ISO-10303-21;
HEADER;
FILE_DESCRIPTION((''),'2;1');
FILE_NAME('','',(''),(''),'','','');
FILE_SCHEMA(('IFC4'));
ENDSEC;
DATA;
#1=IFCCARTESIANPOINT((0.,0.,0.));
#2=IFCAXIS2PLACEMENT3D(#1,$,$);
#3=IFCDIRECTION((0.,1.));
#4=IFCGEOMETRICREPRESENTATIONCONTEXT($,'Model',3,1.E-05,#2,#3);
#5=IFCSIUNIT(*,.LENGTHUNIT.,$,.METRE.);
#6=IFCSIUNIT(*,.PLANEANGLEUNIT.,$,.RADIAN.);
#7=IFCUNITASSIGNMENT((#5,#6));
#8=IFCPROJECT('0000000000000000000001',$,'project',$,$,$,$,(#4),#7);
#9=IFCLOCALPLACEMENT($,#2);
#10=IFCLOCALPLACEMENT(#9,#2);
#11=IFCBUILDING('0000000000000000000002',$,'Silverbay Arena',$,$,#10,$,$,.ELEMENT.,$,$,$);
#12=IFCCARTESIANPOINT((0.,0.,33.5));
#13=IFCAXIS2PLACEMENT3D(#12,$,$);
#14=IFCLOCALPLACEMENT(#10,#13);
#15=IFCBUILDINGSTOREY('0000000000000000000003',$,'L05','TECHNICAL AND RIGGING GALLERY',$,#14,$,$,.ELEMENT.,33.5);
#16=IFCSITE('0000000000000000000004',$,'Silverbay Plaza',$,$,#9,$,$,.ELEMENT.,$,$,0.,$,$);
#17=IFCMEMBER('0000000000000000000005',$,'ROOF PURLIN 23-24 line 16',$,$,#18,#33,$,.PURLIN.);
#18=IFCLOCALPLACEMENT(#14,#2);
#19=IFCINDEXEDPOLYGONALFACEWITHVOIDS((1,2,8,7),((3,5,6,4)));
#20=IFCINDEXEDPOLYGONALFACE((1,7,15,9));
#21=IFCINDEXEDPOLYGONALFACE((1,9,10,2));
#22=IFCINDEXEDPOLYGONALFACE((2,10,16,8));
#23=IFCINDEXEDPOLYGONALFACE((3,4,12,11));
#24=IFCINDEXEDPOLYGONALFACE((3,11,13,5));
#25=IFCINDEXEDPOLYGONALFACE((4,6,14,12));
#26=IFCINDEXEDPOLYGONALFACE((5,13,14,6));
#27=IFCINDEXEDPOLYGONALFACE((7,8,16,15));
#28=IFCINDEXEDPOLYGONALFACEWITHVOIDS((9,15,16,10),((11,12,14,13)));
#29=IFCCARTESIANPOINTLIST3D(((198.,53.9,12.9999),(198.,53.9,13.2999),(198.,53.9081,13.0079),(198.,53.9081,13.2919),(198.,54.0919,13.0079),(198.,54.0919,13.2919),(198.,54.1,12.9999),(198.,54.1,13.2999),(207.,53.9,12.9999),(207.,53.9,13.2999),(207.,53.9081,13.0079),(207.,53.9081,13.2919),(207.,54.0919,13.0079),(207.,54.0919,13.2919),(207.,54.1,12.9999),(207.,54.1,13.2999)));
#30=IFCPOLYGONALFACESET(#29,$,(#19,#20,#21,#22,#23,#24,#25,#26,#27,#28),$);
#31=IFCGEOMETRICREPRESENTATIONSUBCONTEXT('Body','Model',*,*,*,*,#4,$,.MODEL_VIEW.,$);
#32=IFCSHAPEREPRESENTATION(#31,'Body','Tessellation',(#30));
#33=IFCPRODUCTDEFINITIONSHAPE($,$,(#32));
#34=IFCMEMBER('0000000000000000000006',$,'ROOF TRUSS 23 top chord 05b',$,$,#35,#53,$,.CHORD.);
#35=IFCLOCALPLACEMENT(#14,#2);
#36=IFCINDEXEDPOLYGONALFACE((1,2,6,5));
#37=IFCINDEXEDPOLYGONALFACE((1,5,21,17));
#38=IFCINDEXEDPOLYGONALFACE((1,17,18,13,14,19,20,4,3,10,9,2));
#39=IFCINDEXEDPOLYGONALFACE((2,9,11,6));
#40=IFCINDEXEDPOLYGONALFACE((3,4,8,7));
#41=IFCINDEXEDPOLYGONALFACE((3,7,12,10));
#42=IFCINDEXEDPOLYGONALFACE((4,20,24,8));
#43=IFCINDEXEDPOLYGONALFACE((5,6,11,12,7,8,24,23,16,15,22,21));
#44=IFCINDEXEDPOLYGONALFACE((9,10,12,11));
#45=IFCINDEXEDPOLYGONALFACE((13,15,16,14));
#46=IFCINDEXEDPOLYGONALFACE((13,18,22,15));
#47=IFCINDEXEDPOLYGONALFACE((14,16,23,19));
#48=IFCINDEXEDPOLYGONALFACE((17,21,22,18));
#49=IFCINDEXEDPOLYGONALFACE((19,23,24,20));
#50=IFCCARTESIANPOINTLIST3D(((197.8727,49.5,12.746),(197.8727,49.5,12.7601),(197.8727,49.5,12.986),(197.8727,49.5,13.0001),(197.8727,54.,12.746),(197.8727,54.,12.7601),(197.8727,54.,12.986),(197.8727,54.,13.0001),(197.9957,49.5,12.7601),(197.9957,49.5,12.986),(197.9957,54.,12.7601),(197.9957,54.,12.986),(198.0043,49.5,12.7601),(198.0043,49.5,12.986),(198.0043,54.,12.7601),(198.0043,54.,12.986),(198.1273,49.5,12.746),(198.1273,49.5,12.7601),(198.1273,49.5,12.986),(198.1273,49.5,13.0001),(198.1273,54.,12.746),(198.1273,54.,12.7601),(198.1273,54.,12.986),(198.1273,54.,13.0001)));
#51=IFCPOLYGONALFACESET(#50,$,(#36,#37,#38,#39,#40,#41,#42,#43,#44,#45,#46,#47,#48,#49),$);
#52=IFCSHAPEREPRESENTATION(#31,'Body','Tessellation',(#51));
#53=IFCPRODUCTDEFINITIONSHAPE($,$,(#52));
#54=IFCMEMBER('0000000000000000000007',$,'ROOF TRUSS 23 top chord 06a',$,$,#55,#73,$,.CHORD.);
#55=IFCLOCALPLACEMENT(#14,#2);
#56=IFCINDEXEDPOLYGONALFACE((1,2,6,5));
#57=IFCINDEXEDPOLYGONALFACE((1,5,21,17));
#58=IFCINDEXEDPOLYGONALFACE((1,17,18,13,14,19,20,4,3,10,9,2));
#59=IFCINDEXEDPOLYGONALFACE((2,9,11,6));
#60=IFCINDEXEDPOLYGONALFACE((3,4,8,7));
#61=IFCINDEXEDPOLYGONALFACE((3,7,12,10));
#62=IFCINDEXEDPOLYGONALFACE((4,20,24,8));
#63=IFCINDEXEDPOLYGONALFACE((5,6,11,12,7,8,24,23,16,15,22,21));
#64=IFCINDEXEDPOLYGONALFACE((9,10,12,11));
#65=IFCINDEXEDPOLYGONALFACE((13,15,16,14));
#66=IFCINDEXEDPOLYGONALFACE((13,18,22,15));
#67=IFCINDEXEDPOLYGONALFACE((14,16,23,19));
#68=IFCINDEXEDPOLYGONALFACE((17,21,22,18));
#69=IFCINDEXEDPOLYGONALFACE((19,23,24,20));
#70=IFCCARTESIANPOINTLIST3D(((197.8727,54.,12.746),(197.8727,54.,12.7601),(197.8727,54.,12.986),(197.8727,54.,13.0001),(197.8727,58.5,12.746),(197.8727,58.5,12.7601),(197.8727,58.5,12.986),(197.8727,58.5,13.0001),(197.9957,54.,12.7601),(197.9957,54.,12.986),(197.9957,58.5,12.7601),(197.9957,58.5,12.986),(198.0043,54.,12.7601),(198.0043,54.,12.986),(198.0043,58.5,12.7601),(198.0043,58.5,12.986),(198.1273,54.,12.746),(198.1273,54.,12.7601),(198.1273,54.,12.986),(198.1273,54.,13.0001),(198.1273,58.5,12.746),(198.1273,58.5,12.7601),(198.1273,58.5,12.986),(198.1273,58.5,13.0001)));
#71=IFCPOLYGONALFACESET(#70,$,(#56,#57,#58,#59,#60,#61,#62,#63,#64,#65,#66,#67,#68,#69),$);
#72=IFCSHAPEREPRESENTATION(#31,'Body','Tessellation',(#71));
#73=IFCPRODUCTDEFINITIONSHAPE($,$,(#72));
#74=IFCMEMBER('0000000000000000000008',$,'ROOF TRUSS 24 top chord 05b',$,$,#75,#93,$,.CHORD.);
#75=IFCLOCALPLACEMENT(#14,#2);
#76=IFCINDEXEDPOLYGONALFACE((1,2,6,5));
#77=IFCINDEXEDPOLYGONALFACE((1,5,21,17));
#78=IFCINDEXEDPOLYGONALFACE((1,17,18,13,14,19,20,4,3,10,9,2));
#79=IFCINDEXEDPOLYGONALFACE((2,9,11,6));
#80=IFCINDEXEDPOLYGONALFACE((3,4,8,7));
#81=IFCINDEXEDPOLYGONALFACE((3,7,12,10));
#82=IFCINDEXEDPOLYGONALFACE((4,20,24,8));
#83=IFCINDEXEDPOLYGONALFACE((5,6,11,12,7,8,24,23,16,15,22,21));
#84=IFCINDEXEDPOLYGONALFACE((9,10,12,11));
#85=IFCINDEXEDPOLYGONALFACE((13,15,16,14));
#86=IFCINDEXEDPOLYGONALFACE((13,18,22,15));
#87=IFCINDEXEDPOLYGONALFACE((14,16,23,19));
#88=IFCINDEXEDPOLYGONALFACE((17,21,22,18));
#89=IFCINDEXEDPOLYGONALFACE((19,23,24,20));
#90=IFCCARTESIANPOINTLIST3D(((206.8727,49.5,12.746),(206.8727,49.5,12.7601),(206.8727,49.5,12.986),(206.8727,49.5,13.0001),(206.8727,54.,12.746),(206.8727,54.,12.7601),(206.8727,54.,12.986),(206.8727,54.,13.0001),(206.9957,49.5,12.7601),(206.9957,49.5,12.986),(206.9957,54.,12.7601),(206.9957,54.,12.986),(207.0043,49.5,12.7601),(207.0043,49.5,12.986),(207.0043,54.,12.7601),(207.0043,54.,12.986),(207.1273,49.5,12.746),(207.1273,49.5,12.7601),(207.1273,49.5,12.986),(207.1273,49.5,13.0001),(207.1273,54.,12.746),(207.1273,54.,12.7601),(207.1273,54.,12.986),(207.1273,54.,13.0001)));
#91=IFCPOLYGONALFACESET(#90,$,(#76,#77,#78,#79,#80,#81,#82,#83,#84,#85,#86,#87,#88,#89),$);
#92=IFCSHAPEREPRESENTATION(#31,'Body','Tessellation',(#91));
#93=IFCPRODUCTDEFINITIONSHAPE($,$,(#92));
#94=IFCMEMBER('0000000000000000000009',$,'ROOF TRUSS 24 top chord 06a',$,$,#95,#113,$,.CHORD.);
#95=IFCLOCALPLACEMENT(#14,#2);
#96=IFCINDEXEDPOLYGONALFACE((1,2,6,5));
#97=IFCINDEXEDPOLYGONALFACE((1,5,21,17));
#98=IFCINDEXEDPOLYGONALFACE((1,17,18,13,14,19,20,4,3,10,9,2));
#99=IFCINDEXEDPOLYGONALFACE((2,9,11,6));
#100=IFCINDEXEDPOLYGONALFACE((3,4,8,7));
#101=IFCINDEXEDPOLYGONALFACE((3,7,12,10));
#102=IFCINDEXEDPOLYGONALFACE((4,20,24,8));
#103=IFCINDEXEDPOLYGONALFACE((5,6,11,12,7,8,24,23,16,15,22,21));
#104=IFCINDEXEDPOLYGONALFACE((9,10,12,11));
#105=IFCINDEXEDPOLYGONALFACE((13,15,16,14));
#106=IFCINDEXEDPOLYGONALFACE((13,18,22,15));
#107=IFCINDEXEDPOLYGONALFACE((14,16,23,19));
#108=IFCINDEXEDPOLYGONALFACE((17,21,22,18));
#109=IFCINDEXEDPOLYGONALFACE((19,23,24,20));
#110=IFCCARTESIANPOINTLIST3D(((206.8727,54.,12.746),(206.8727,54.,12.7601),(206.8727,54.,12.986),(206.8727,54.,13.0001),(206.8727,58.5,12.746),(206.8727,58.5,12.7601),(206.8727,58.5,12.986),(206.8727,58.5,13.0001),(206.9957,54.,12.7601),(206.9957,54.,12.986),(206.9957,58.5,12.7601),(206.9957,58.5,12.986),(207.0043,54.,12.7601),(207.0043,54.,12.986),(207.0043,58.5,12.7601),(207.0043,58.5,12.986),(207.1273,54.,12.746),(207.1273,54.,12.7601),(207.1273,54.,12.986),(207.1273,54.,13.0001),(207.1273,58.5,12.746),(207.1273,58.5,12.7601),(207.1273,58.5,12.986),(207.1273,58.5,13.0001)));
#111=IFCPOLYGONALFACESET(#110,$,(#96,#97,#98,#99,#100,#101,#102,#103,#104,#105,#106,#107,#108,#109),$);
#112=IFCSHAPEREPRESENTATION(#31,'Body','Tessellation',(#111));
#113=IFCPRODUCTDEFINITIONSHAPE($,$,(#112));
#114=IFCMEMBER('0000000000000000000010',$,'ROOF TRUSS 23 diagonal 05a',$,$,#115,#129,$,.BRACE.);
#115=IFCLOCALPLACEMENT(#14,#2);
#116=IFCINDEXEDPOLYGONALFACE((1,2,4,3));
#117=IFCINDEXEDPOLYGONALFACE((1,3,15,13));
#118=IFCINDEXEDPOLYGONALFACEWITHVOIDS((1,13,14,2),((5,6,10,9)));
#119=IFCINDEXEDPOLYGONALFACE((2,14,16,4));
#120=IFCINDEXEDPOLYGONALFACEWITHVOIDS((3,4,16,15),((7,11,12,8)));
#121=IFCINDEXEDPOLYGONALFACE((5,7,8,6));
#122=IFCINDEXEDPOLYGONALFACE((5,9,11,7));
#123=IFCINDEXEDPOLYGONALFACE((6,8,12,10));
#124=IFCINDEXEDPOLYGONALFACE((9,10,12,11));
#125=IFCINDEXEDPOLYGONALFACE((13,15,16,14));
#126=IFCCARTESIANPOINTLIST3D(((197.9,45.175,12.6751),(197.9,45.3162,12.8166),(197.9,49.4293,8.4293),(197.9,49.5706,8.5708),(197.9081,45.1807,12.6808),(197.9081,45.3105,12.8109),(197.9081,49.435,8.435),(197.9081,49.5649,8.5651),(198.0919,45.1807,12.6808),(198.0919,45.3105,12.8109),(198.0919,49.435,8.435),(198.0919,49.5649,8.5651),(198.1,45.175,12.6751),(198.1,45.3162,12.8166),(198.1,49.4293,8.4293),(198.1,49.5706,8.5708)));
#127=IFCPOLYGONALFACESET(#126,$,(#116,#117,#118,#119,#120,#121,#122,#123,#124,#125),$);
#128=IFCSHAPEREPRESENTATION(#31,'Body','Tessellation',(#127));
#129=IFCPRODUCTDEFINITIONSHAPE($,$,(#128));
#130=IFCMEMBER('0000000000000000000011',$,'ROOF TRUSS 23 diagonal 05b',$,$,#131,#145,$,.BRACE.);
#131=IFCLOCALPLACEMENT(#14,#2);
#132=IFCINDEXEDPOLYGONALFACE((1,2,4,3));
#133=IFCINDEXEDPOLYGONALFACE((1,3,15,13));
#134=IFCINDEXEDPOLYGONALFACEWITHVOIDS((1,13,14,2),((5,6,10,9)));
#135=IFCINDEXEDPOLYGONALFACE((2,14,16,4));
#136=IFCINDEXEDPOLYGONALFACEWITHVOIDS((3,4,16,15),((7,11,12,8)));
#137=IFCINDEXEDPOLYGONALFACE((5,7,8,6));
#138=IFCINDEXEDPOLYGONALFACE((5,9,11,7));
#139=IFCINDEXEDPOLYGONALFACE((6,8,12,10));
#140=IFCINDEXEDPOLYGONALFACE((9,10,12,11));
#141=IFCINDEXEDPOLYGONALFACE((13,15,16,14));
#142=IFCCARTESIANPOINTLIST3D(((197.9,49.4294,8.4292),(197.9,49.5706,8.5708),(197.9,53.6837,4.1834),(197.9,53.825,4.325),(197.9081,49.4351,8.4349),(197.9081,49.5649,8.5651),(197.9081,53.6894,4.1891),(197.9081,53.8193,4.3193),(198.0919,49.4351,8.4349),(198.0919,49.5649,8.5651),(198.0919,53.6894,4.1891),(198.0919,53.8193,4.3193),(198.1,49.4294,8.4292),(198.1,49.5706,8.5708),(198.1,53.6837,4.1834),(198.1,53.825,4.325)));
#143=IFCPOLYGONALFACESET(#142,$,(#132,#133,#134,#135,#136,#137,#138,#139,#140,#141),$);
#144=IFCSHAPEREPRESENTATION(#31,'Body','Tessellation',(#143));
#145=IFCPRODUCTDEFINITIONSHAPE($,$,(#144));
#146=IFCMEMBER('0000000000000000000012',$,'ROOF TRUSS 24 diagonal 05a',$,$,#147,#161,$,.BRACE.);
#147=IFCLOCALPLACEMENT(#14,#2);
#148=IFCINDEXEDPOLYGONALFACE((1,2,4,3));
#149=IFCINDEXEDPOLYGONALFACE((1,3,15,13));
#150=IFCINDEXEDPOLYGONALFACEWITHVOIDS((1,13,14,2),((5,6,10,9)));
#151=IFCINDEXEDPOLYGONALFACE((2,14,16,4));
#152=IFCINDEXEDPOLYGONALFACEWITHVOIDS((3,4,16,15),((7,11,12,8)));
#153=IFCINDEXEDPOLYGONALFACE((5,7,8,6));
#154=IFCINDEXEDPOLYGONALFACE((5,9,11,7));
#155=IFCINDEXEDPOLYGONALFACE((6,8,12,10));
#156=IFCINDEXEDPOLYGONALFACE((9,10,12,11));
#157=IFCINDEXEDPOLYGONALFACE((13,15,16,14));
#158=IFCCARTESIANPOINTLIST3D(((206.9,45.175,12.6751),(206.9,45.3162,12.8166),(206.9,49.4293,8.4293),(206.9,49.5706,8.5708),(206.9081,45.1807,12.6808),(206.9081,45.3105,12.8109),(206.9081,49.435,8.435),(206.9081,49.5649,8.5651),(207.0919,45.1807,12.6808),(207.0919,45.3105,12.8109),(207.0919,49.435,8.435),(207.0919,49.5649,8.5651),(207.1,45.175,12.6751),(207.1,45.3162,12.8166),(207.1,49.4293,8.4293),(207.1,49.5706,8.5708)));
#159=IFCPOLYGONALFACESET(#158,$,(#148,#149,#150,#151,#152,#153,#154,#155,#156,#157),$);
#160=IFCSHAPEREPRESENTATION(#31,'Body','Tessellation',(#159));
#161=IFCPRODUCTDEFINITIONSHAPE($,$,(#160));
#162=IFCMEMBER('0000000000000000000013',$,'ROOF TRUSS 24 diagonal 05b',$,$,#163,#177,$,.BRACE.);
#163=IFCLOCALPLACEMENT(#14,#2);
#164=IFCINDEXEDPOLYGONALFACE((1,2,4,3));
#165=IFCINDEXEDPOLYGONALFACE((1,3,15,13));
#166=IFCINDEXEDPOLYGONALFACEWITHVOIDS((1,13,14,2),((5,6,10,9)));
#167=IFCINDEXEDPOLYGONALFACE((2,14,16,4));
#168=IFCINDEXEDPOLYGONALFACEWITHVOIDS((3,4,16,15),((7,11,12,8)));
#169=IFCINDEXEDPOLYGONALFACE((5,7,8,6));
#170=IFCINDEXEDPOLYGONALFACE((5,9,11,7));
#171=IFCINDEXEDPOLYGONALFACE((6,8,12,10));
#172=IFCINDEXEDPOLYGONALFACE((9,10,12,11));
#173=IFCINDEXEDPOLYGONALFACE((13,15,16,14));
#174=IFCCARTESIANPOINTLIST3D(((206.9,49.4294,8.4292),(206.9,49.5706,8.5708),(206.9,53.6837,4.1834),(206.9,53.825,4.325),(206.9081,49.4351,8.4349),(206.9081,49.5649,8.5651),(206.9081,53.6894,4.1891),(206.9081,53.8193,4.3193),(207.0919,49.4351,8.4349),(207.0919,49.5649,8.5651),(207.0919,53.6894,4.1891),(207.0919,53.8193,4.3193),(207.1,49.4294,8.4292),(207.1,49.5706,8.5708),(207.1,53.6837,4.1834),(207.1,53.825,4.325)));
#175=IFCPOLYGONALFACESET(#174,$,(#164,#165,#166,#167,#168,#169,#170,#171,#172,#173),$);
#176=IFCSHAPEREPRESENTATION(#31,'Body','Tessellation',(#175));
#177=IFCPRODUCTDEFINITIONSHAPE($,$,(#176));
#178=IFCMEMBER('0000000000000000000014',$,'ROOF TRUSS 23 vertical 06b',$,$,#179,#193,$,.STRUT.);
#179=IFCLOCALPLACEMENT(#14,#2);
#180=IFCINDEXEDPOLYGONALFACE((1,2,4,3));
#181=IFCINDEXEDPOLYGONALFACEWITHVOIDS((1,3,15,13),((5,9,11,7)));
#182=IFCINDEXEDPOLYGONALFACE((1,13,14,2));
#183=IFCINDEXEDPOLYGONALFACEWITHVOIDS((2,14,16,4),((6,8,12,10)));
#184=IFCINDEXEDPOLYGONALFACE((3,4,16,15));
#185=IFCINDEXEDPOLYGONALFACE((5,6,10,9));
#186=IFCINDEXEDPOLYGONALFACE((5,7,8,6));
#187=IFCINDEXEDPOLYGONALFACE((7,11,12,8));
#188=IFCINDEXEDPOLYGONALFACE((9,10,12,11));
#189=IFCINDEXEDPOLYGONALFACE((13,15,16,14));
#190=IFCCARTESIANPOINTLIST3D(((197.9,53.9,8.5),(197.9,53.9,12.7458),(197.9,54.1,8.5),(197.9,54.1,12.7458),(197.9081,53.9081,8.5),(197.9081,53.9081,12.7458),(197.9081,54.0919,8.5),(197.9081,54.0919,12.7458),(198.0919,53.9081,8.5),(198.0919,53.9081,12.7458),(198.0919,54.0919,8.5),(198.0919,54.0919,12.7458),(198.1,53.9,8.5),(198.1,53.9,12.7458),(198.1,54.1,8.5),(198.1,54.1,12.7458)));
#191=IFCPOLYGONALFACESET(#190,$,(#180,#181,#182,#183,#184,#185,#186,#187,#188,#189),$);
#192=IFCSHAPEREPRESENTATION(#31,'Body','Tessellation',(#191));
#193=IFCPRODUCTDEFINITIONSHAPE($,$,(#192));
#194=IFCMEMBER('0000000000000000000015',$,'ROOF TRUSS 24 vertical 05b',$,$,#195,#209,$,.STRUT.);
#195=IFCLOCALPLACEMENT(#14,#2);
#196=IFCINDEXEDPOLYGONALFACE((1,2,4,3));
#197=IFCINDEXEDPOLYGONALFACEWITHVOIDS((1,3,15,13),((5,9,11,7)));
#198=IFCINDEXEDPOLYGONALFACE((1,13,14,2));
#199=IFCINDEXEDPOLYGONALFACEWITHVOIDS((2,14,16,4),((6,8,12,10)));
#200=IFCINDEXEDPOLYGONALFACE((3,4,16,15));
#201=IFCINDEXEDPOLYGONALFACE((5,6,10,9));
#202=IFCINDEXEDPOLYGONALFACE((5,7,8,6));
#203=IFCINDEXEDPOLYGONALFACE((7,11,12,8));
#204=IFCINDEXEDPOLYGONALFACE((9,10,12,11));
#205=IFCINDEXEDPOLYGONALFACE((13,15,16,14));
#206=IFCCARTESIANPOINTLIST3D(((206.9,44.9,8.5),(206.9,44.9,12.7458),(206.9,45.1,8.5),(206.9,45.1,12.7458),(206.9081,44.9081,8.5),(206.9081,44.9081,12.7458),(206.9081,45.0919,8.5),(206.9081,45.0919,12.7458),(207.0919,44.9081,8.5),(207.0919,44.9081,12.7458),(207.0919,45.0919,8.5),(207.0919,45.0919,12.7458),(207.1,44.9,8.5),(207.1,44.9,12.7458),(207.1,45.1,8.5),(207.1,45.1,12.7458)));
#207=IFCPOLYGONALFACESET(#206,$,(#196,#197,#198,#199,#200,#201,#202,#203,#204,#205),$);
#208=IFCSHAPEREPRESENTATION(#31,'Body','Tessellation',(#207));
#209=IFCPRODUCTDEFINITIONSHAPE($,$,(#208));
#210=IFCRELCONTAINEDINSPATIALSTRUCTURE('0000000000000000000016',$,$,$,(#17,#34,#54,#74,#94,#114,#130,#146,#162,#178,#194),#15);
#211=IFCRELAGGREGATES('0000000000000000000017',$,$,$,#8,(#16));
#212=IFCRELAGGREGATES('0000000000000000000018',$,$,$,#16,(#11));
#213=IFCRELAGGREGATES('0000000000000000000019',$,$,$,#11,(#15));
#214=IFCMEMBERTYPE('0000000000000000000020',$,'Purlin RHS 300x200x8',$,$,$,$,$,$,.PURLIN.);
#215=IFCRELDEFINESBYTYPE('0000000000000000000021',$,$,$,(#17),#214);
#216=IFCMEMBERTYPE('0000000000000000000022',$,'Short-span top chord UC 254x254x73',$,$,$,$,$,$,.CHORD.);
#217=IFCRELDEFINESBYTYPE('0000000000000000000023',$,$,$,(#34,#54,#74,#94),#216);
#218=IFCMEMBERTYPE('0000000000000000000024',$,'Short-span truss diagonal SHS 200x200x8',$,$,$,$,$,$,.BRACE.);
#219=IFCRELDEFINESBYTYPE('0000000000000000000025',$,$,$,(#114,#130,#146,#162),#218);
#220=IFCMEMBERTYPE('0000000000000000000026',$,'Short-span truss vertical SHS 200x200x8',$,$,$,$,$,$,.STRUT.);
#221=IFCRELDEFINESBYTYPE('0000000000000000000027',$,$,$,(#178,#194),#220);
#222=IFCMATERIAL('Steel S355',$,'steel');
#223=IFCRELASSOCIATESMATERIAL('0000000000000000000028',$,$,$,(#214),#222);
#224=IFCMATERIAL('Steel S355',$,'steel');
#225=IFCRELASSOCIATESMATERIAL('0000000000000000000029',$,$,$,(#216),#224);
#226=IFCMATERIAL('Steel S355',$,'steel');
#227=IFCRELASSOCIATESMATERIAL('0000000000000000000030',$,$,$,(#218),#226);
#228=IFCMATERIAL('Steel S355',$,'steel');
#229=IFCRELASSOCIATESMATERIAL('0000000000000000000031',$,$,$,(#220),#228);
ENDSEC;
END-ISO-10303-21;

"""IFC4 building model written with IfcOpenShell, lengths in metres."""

from ifc_helpers import new_model, si_unit, direction, frame, origin, origin_2d, place, context, subcontext, project, spatial, hollow_rectangle, i_section, extrude, material, material_profile, profile_set, type_object, element, save


model = new_model("IFC4")

# Units and contexts
model_context = context("Model", 3, precision=1e-05, world=origin(), true_north=direction((0.0, 1.0)))
body_context = subcontext(model_context, "Body", "Model", "MODEL_VIEW")
ifc_project = project(units=[si_unit("LENGTHUNIT", "METRE"), si_unit("PLANEANGLEUNIT", "RADIAN")], contexts=[model_context])

# Site, building, storey
site_placement = place(None, origin())
site = spatial("IfcSite", under=ifc_project, at=site_placement, Name="Silverbay Plaza", CompositionType="ELEMENT", RefElevation=0.0)
building_placement = place(site_placement, origin())
building = spatial("IfcBuilding", under=site, at=building_placement, Name="Silverbay Arena", CompositionType="ELEMENT")
storey_placement = place(building_placement, frame((0.0, 0.0, 33.5)))
storey = spatial("IfcBuildingStorey", under=building, at=storey_placement, Name="L05", Description="TECHNICAL AND RIGGING GALLERY", CompositionType="ELEMENT", Elevation=33.5)

# Members
ifc_material_1 = material(Name="Steel S355", Category="steel")
ifc_material_profile_1 = material_profile(ifc_material_1, hollow_rectangle(XDim=0.2, YDim=0.3, WallThickness=0.0081, at=origin_2d()), Name="RHS 300x200x8")
ifc_profile_set_1 = profile_set([ifc_material_profile_1], Name="Steel S355")
member_type_1 = type_object("IfcMemberType", Name="Purlin RHS 300x200x8", PredefinedType="PURLIN", material=ifc_profile_set_1)
for number, where, z_axis, x_axis, name in (
    (1, (198.0, 54.0, 13.1499), (1.0, 0.0, 0.0), (0.0, 1.0, 0.0), "ROOF PURLIN 23-24 line 16"),
):
    element("IfcMember", number, at=place(storey_placement, frame(where, z_axis=z_axis, x_axis=x_axis)), inside=storey, type_object=member_type_1, Name=name, PredefinedType="PURLIN", context=body_context, shape_type="SweptSolid", body=[
        extrude(hollow_rectangle(XDim=0.2, YDim=0.3, WallThickness=0.0081, at=origin_2d()), origin(), (0.0, 0.0, 1.0), 9.0),
    ])
ifc_material_2 = material(Name="Steel S355", Category="steel")
ifc_material_profile_2 = material_profile(ifc_material_2, i_section(OverallWidth=0.2546, OverallDepth=0.2542, WebThickness=0.0085, FlangeThickness=0.0142, at=origin_2d()), Name="UC 254x254x73")
ifc_profile_set_2 = profile_set([ifc_material_profile_2], Name="Steel S355")
member_type_2 = type_object("IfcMemberType", Name="Short-span top chord UC 254x254x73", PredefinedType="CHORD", material=ifc_profile_set_2)
for number, where, z_axis, x_axis, name in (
    (2, (198.0, 49.5, 12.873), (0.0, 1.0, 0.0), (-1.0, 0.0, 0.0), "ROOF TRUSS 23 top chord 05b"),
    (3, (198.0, 54.0, 12.873), (0.0, 1.0, 0.0), (-1.0, 0.0, 0.0), "ROOF TRUSS 23 top chord 06a"),
    (4, (207.0, 49.5, 12.873), (0.0, 1.0, 0.0), (-1.0, 0.0, 0.0), "ROOF TRUSS 24 top chord 05b"),
    (5, (207.0, 54.0, 12.873), (0.0, 1.0, 0.0), (-1.0, 0.0, 0.0), "ROOF TRUSS 24 top chord 06a"),
):
    element("IfcMember", number, at=place(storey_placement, frame(where, z_axis=z_axis, x_axis=x_axis)), inside=storey, type_object=member_type_2, Name=name, PredefinedType="CHORD", context=body_context, shape_type="SweptSolid", body=[
        extrude(i_section(OverallWidth=0.2546, OverallDepth=0.2542, WebThickness=0.0085, FlangeThickness=0.0142, at=origin_2d()), origin(), (0.0, 0.0, 1.0), 4.5),
    ])
ifc_material_3 = material(Name="Steel S355", Category="steel")
ifc_material_profile_3 = material_profile(ifc_material_3, hollow_rectangle(XDim=0.2, YDim=0.2, WallThickness=0.0081, at=origin_2d()), Name="SHS 200x200x8")
ifc_profile_set_3 = profile_set([ifc_material_profile_3], Name="Steel S355")
member_type_3 = type_object("IfcMemberType", Name="Short-span truss diagonal SHS 200x200x8", PredefinedType="BRACE", material=ifc_profile_set_3)
for number, where, z_axis, x_axis, name in (
    (6, (198.0, 45.2456, 12.7458), (0.0, 0.707817, -0.706396), (-1.0, 0.0, 0.0), "ROOF TRUSS 23 diagonal 05a"),
    (7, (198.0, 49.5, 8.5), (0.0, 0.707817, -0.706396), (-1.0, 0.0, 0.0), "ROOF TRUSS 23 diagonal 05b"),
    (8, (207.0, 45.2456, 12.7458), (0.0, 0.707817, -0.706396), (-1.0, 0.0, 0.0), "ROOF TRUSS 24 diagonal 05a"),
    (9, (207.0, 49.5, 8.5), (0.0, 0.707817, -0.706396), (-1.0, 0.0, 0.0), "ROOF TRUSS 24 diagonal 05b"),
):
    element("IfcMember", number, at=place(storey_placement, frame(where, z_axis=z_axis, x_axis=x_axis)), inside=storey, type_object=member_type_3, Name=name, PredefinedType="BRACE", context=body_context, shape_type="SweptSolid", body=[
        extrude(hollow_rectangle(XDim=0.2, YDim=0.2, WallThickness=0.0081, at=origin_2d()), origin(), (0.0, 0.0, 1.0), 6.0105),
    ])
ifc_material_4 = material(Name="Steel S355", Category="steel")
ifc_material_profile_4 = material_profile(ifc_material_4, hollow_rectangle(XDim=0.2, YDim=0.2, WallThickness=0.0081, at=origin_2d()), Name="SHS 200x200x8")
ifc_profile_set_4 = profile_set([ifc_material_profile_4], Name="Steel S355")
member_type_4 = type_object("IfcMemberType", Name="Short-span truss vertical SHS 200x200x8", PredefinedType="STRUT", material=ifc_profile_set_4)
for number, where, z_axis, x_axis, name in (
    (10, (198.0, 54.0, 8.5), (0.0, 0.0, 1.0), (1.0, 0.0, 0.0), "ROOF TRUSS 23 vertical 06b"),
    (11, (207.0, 45.0, 8.5), (0.0, 0.0, 1.0), (1.0, 0.0, 0.0), "ROOF TRUSS 24 vertical 05b"),
):
    element("IfcMember", number, at=place(storey_placement, frame(where, z_axis=z_axis, x_axis=x_axis)), inside=storey, type_object=member_type_4, Name=name, PredefinedType="STRUT", context=body_context, shape_type="SweptSolid", body=[
        extrude(hollow_rectangle(XDim=0.2, YDim=0.2, WallThickness=0.0081, at=origin_2d()), origin(), (0.0, 0.0, 1.0), 4.2458),
    ])

save(model, "model.ifc")
